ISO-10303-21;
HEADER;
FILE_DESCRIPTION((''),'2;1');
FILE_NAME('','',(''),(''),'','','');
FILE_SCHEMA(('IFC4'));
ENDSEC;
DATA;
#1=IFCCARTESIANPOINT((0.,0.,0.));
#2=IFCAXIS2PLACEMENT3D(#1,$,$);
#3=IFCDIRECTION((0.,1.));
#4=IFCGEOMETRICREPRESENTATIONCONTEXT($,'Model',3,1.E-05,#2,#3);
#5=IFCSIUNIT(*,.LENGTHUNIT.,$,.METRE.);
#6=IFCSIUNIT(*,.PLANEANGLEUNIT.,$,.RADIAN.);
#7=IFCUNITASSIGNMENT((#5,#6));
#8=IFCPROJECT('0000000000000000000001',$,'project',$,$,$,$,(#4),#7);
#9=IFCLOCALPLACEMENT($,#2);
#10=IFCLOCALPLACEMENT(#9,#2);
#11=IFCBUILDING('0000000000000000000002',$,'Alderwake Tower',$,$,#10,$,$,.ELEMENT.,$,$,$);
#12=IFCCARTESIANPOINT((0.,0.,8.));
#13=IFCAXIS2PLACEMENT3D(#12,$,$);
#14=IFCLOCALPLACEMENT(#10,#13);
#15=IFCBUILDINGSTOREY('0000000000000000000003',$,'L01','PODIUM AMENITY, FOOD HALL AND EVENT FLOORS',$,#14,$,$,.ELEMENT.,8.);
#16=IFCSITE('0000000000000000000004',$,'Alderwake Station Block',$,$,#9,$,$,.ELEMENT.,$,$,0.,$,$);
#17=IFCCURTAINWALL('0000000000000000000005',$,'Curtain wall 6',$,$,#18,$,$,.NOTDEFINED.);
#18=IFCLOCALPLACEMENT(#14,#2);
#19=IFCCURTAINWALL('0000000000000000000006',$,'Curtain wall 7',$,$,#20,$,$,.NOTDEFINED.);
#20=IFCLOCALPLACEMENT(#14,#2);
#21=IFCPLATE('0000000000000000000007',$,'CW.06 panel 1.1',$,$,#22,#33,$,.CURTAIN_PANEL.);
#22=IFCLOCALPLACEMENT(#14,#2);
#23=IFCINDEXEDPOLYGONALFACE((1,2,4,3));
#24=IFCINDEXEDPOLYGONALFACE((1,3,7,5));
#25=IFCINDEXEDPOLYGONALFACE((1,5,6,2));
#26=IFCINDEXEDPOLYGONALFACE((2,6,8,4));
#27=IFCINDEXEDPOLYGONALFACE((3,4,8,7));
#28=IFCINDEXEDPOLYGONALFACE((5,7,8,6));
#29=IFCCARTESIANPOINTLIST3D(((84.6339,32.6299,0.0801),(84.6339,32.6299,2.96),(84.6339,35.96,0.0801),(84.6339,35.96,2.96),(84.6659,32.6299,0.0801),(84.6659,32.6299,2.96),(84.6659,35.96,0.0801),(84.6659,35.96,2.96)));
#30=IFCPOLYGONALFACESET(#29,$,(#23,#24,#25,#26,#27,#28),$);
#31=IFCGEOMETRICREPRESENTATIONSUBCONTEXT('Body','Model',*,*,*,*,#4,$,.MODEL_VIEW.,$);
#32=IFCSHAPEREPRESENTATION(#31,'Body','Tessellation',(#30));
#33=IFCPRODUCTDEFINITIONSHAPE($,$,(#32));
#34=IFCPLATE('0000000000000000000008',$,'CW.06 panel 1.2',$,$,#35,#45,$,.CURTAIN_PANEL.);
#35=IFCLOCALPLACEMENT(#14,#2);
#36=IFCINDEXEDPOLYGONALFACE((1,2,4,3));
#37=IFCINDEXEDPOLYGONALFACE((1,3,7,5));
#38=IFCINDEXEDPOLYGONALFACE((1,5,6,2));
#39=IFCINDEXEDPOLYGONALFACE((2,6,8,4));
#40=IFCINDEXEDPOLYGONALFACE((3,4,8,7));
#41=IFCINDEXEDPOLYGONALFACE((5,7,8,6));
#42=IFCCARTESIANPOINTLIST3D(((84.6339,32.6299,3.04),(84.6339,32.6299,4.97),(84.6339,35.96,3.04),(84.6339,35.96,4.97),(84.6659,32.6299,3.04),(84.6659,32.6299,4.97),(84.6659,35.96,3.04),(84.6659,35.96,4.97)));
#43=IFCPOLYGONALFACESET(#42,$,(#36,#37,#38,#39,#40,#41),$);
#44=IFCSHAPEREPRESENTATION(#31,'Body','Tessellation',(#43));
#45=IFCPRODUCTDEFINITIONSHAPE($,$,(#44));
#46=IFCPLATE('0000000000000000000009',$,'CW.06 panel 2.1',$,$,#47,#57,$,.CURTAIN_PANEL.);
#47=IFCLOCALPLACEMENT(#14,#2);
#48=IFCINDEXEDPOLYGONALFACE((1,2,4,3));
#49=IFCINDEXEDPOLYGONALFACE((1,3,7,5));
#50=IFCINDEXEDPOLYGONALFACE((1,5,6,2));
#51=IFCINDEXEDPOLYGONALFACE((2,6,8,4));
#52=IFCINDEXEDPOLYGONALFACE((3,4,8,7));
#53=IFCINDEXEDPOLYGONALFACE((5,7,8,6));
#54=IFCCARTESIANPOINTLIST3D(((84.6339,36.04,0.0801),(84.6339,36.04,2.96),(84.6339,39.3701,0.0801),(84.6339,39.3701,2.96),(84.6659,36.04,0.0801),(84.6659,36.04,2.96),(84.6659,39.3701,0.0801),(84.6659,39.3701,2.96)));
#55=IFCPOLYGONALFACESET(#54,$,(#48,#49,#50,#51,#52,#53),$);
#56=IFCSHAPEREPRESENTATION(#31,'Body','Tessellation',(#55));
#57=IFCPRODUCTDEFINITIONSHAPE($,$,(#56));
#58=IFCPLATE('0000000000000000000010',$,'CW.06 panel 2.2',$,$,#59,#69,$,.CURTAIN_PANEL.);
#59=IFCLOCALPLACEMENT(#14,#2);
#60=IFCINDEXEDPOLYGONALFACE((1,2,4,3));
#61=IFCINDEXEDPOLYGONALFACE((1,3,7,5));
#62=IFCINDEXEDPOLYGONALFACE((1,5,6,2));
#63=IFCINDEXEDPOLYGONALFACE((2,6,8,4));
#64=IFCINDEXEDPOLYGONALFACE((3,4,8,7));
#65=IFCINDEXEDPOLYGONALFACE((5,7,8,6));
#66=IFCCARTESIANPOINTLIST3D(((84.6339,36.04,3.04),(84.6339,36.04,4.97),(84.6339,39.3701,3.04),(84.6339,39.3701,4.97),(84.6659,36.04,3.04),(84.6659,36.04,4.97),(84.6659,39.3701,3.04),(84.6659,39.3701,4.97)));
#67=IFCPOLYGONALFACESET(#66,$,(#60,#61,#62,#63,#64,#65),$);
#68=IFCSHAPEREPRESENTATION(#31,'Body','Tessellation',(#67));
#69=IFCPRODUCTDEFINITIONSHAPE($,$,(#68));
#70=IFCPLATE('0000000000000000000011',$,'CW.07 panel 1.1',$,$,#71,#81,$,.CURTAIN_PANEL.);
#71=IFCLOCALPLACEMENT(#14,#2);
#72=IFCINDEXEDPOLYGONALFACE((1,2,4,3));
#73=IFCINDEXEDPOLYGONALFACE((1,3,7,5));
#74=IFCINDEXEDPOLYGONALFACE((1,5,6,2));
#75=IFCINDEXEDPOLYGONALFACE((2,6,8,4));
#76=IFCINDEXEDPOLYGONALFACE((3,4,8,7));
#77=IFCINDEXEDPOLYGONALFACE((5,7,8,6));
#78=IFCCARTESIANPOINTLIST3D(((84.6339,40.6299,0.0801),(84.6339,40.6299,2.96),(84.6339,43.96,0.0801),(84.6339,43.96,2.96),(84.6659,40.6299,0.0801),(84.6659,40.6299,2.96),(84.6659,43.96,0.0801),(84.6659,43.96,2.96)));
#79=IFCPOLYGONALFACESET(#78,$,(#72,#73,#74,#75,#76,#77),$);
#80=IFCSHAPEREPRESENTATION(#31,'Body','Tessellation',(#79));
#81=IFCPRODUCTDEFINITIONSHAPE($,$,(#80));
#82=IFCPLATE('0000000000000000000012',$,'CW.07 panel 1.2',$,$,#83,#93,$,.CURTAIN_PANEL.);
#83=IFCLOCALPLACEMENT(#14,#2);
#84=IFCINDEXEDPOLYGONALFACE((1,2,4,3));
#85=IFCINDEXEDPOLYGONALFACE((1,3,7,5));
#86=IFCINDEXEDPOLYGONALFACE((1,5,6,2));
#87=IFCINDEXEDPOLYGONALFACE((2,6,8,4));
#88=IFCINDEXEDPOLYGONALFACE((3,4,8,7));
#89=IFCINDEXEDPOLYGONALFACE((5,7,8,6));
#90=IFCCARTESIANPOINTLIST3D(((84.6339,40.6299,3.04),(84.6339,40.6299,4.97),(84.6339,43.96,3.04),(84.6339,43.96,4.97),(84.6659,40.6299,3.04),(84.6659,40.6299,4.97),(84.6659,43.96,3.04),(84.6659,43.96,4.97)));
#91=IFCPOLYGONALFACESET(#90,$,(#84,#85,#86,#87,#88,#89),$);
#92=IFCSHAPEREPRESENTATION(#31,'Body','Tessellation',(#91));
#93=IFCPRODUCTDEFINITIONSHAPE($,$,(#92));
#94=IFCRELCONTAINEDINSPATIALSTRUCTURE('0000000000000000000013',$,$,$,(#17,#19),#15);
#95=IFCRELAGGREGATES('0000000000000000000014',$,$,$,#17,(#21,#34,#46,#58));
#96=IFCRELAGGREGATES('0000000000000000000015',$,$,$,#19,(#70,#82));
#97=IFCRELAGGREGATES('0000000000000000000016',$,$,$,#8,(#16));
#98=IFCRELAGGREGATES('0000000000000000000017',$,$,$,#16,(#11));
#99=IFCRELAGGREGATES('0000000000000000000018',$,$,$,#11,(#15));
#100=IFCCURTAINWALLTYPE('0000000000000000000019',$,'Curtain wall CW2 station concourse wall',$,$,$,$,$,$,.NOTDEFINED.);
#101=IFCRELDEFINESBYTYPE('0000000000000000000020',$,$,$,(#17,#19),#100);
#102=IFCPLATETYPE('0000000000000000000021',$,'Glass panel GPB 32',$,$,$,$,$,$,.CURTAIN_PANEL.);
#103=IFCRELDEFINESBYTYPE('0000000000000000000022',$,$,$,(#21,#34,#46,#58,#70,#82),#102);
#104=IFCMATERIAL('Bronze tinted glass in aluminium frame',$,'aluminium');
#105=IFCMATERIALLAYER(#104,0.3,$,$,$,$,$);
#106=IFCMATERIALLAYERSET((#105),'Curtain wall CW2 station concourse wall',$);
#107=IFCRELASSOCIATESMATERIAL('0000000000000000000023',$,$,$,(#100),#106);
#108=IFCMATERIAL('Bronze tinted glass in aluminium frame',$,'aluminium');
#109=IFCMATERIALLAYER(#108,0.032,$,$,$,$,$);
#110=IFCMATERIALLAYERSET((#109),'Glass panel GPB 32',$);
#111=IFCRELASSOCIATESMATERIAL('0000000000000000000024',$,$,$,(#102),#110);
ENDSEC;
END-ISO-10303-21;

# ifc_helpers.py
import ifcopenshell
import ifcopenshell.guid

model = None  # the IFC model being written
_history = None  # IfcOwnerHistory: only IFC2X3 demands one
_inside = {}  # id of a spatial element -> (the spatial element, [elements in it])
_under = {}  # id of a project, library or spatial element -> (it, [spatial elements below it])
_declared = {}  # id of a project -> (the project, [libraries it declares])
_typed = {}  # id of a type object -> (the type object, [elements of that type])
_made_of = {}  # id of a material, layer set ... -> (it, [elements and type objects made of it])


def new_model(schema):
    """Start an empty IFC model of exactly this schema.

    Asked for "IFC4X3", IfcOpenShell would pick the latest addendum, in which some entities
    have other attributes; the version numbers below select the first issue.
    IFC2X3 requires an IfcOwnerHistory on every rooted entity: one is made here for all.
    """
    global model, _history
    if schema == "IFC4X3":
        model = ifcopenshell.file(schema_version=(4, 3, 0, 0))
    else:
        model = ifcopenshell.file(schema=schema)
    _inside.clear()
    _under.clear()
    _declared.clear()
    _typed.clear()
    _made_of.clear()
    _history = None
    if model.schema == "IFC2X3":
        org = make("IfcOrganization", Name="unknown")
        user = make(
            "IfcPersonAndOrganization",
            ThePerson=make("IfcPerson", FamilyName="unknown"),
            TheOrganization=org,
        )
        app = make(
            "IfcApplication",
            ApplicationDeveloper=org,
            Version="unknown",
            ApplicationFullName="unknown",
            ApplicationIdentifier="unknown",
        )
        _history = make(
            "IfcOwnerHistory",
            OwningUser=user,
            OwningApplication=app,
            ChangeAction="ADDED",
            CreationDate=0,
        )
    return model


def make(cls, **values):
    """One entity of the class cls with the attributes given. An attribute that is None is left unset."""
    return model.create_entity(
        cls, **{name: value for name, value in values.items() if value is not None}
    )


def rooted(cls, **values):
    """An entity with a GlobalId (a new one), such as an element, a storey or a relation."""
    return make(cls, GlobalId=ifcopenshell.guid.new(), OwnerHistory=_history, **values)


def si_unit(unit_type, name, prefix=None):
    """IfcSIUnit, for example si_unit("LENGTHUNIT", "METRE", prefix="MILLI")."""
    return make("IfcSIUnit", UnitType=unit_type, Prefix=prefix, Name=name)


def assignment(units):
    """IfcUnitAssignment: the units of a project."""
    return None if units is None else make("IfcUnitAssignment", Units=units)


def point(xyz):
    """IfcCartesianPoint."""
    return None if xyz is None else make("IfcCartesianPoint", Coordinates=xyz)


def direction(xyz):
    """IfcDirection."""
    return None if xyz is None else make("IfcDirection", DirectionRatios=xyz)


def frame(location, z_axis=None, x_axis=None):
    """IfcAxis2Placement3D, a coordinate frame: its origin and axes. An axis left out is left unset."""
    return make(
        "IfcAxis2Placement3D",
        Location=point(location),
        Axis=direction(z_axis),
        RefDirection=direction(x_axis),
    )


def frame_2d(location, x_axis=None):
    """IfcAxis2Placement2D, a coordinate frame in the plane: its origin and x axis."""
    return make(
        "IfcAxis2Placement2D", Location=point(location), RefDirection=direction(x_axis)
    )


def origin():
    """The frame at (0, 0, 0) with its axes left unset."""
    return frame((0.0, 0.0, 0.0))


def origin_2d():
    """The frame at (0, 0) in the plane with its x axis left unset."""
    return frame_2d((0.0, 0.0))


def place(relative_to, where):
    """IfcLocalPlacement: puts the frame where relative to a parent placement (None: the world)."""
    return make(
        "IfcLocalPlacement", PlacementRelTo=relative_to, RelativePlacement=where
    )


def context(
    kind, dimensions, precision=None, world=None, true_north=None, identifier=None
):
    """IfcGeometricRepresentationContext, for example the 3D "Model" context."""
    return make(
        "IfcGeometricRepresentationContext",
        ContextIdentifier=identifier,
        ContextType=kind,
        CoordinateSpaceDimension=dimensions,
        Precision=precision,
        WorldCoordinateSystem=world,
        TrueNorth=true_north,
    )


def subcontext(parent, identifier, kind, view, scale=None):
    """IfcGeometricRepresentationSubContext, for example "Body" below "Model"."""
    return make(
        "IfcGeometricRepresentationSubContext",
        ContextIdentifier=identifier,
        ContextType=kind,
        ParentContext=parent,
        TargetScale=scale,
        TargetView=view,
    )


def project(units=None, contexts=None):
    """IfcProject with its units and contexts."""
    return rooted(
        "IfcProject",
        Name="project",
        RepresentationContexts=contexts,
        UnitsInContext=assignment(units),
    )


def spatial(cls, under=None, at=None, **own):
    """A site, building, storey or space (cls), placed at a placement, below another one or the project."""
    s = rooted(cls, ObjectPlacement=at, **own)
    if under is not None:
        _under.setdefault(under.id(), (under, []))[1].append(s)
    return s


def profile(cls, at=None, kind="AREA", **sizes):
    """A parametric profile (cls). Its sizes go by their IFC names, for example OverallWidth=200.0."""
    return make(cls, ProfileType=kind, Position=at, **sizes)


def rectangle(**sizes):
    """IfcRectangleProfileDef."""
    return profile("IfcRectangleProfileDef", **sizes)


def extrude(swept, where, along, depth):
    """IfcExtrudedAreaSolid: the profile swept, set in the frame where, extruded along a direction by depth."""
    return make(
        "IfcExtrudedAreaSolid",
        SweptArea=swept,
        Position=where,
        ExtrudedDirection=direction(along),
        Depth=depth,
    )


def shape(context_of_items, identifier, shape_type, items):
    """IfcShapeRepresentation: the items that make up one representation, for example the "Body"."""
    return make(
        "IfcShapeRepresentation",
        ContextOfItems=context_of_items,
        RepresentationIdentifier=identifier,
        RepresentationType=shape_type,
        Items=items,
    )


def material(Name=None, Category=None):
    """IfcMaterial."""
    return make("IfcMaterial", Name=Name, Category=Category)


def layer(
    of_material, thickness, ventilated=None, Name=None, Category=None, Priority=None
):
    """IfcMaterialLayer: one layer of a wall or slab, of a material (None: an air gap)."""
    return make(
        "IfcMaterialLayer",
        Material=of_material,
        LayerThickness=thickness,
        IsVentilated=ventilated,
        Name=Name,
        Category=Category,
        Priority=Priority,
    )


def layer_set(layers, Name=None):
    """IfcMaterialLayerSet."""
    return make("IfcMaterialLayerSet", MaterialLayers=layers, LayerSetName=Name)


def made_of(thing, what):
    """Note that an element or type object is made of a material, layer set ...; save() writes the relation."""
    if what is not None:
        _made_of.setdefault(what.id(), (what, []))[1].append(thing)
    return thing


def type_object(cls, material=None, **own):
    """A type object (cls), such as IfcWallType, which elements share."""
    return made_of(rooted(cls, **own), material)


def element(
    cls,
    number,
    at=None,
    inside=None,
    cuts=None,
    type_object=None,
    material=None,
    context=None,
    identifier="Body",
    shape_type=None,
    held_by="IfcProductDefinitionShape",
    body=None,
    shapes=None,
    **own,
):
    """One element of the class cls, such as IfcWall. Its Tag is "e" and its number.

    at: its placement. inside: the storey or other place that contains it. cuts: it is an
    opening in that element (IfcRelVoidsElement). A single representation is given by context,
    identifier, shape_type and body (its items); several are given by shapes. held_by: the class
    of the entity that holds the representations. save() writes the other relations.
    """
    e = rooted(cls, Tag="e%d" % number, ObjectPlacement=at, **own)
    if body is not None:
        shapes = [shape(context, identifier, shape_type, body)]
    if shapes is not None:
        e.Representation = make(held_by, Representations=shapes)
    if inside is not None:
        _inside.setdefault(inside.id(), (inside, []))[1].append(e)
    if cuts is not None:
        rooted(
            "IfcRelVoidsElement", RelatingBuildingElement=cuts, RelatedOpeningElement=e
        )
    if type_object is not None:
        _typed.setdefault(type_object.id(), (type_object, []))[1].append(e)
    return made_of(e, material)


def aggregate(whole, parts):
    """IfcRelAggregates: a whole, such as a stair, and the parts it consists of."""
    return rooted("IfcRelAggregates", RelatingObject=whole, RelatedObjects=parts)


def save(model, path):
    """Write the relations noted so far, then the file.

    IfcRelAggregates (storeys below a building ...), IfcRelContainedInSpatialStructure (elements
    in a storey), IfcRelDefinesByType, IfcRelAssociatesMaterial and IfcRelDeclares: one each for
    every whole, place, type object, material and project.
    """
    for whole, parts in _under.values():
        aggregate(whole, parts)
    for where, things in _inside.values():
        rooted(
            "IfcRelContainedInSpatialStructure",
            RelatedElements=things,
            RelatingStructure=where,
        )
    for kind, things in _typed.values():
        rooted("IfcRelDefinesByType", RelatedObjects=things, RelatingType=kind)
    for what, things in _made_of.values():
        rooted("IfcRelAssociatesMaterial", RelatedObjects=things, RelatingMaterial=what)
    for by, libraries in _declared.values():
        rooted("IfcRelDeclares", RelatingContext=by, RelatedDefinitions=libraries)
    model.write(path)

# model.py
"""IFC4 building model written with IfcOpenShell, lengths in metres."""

from ifc_helpers import new_model, si_unit, direction, frame, origin, origin_2d, place, context, subcontext, project, spatial, rectangle, extrude, material, layer, layer_set, type_object, element, aggregate, save


model = new_model("IFC4")

# Units and contexts
model_context = context("Model", 3, precision=1e-05, world=origin(), true_north=direction((0.0, 1.0)))
body_context = subcontext(model_context, "Body", "Model", "MODEL_VIEW")
ifc_project = project(units=[si_unit("LENGTHUNIT", "METRE"), si_unit("PLANEANGLEUNIT", "RADIAN")], contexts=[model_context])

# Site, building, storey
site_placement = place(None, origin())
site = spatial("IfcSite", under=ifc_project, at=site_placement, Name="Alderwake Station Block", CompositionType="ELEMENT", RefElevation=0.0)
building_placement = place(site_placement, origin())
building = spatial("IfcBuilding", under=site, at=building_placement, Name="Alderwake Tower", CompositionType="ELEMENT")
storey_placement = place(building_placement, frame((0.0, 0.0, 8.0)))
storey = spatial("IfcBuildingStorey", under=building, at=storey_placement, Name="L01", Description="PODIUM AMENITY, FOOD HALL AND EVENT FLOORS", CompositionType="ELEMENT", Elevation=8.0)

# Curtain walls
ifc_material_1 = material(Name="Bronze tinted glass in aluminium frame", Category="aluminium")
ifc_layer_1 = layer(ifc_material_1, 0.3)
ifc_layer_set_1 = layer_set([ifc_layer_1], Name="Curtain wall CW2 station concourse wall")
curtain_wall_type = type_object("IfcCurtainWallType", Name="Curtain wall CW2 station concourse wall", PredefinedType="NOTDEFINED", material=ifc_layer_set_1)
curtain_wall_1_placement = place(storey_placement, origin())
curtain_wall_1 = element("IfcCurtainWall", 1, at=curtain_wall_1_placement, inside=storey, type_object=curtain_wall_type, Name="Curtain wall 6", PredefinedType="NOTDEFINED")
curtain_wall_2_placement = place(storey_placement, origin())
curtain_wall_2 = element("IfcCurtainWall", 2, at=curtain_wall_2_placement, inside=storey, type_object=curtain_wall_type, Name="Curtain wall 7", PredefinedType="NOTDEFINED")

# Plates
ifc_material_2 = material(Name="Bronze tinted glass in aluminium frame", Category="aluminium")
ifc_layer_2 = layer(ifc_material_2, 0.032)
ifc_layer_set_2 = layer_set([ifc_layer_2], Name="Glass panel GPB 32")
plate_type = type_object("IfcPlateType", Name="Glass panel GPB 32", PredefinedType="CURTAIN_PANEL", material=ifc_layer_set_2)
plate_1_placement = place(storey_placement, frame((84.6499, 34.2949, 0.0801), z_axis=(0.0, 0.0, 1.0), x_axis=(0.0, 1.0, 0.0)))
plate_1 = element("IfcPlate", 3, at=plate_1_placement, type_object=plate_type, Name="CW.06 panel 1.1", PredefinedType="CURTAIN_PANEL", context=body_context, shape_type="SweptSolid", body=[
    extrude(rectangle(XDim=3.3301, YDim=0.032, at=origin_2d()), origin(), (0.0, 0.0, 1.0), 2.8799),
])
plate_2_placement = place(storey_placement, frame((84.6499, 34.2949, 3.04), z_axis=(0.0, 0.0, 1.0), x_axis=(0.0, 1.0, 0.0)))
plate_2 = element("IfcPlate", 4, at=plate_2_placement, type_object=plate_type, Name="CW.06 panel 1.2", PredefinedType="CURTAIN_PANEL", context=body_context, shape_type="SweptSolid", body=[
    extrude(rectangle(XDim=3.3301, YDim=0.032, at=origin_2d()), origin(), (0.0, 0.0, 1.0), 1.9299),
])
plate_3_placement = place(storey_placement, frame((84.6499, 37.7051, 0.0801), z_axis=(0.0, 0.0, 1.0), x_axis=(0.0, 1.0, 0.0)))
plate_3 = element("IfcPlate", 5, at=plate_3_placement, type_object=plate_type, Name="CW.06 panel 2.1", PredefinedType="CURTAIN_PANEL", context=body_context, shape_type="SweptSolid", body=[
    extrude(rectangle(XDim=3.3301, YDim=0.032, at=origin_2d()), origin(), (0.0, 0.0, 1.0), 2.8799),
])
plate_4_placement = place(storey_placement, frame((84.6499, 37.7051, 3.04), z_axis=(0.0, 0.0, 1.0), x_axis=(0.0, 1.0, 0.0)))
plate_4 = element("IfcPlate", 6, at=plate_4_placement, type_object=plate_type, Name="CW.06 panel 2.2", PredefinedType="CURTAIN_PANEL", context=body_context, shape_type="SweptSolid", body=[
    extrude(rectangle(XDim=3.3301, YDim=0.032, at=origin_2d()), origin(), (0.0, 0.0, 1.0), 1.9299),
])
aggregate(curtain_wall_1, [plate_1, plate_2, plate_3, plate_4])
plate_5_placement = place(storey_placement, frame((84.6499, 42.2949, 0.0801), z_axis=(0.0, 0.0, 1.0), x_axis=(0.0, 1.0, 0.0)))
plate_5 = element("IfcPlate", 7, at=plate_5_placement, type_object=plate_type, Name="CW.07 panel 1.1", PredefinedType="CURTAIN_PANEL", context=body_context, shape_type="SweptSolid", body=[
    extrude(rectangle(XDim=3.3301, YDim=0.032, at=origin_2d()), origin(), (0.0, 0.0, 1.0), 2.8799),
])
plate_6_placement = place(storey_placement, frame((84.6499, 42.2949, 3.04), z_axis=(0.0, 0.0, 1.0), x_axis=(0.0, 1.0, 0.0)))
plate_6 = element("IfcPlate", 8, at=plate_6_placement, type_object=plate_type, Name="CW.07 panel 1.2", PredefinedType="CURTAIN_PANEL", context=body_context, shape_type="SweptSolid", body=[
    extrude(rectangle(XDim=3.3301, YDim=0.032, at=origin_2d()), origin(), (0.0, 0.0, 1.0), 1.9299),
])
aggregate(curtain_wall_2, [plate_5, plate_6])

save(model, "model.ifc")
